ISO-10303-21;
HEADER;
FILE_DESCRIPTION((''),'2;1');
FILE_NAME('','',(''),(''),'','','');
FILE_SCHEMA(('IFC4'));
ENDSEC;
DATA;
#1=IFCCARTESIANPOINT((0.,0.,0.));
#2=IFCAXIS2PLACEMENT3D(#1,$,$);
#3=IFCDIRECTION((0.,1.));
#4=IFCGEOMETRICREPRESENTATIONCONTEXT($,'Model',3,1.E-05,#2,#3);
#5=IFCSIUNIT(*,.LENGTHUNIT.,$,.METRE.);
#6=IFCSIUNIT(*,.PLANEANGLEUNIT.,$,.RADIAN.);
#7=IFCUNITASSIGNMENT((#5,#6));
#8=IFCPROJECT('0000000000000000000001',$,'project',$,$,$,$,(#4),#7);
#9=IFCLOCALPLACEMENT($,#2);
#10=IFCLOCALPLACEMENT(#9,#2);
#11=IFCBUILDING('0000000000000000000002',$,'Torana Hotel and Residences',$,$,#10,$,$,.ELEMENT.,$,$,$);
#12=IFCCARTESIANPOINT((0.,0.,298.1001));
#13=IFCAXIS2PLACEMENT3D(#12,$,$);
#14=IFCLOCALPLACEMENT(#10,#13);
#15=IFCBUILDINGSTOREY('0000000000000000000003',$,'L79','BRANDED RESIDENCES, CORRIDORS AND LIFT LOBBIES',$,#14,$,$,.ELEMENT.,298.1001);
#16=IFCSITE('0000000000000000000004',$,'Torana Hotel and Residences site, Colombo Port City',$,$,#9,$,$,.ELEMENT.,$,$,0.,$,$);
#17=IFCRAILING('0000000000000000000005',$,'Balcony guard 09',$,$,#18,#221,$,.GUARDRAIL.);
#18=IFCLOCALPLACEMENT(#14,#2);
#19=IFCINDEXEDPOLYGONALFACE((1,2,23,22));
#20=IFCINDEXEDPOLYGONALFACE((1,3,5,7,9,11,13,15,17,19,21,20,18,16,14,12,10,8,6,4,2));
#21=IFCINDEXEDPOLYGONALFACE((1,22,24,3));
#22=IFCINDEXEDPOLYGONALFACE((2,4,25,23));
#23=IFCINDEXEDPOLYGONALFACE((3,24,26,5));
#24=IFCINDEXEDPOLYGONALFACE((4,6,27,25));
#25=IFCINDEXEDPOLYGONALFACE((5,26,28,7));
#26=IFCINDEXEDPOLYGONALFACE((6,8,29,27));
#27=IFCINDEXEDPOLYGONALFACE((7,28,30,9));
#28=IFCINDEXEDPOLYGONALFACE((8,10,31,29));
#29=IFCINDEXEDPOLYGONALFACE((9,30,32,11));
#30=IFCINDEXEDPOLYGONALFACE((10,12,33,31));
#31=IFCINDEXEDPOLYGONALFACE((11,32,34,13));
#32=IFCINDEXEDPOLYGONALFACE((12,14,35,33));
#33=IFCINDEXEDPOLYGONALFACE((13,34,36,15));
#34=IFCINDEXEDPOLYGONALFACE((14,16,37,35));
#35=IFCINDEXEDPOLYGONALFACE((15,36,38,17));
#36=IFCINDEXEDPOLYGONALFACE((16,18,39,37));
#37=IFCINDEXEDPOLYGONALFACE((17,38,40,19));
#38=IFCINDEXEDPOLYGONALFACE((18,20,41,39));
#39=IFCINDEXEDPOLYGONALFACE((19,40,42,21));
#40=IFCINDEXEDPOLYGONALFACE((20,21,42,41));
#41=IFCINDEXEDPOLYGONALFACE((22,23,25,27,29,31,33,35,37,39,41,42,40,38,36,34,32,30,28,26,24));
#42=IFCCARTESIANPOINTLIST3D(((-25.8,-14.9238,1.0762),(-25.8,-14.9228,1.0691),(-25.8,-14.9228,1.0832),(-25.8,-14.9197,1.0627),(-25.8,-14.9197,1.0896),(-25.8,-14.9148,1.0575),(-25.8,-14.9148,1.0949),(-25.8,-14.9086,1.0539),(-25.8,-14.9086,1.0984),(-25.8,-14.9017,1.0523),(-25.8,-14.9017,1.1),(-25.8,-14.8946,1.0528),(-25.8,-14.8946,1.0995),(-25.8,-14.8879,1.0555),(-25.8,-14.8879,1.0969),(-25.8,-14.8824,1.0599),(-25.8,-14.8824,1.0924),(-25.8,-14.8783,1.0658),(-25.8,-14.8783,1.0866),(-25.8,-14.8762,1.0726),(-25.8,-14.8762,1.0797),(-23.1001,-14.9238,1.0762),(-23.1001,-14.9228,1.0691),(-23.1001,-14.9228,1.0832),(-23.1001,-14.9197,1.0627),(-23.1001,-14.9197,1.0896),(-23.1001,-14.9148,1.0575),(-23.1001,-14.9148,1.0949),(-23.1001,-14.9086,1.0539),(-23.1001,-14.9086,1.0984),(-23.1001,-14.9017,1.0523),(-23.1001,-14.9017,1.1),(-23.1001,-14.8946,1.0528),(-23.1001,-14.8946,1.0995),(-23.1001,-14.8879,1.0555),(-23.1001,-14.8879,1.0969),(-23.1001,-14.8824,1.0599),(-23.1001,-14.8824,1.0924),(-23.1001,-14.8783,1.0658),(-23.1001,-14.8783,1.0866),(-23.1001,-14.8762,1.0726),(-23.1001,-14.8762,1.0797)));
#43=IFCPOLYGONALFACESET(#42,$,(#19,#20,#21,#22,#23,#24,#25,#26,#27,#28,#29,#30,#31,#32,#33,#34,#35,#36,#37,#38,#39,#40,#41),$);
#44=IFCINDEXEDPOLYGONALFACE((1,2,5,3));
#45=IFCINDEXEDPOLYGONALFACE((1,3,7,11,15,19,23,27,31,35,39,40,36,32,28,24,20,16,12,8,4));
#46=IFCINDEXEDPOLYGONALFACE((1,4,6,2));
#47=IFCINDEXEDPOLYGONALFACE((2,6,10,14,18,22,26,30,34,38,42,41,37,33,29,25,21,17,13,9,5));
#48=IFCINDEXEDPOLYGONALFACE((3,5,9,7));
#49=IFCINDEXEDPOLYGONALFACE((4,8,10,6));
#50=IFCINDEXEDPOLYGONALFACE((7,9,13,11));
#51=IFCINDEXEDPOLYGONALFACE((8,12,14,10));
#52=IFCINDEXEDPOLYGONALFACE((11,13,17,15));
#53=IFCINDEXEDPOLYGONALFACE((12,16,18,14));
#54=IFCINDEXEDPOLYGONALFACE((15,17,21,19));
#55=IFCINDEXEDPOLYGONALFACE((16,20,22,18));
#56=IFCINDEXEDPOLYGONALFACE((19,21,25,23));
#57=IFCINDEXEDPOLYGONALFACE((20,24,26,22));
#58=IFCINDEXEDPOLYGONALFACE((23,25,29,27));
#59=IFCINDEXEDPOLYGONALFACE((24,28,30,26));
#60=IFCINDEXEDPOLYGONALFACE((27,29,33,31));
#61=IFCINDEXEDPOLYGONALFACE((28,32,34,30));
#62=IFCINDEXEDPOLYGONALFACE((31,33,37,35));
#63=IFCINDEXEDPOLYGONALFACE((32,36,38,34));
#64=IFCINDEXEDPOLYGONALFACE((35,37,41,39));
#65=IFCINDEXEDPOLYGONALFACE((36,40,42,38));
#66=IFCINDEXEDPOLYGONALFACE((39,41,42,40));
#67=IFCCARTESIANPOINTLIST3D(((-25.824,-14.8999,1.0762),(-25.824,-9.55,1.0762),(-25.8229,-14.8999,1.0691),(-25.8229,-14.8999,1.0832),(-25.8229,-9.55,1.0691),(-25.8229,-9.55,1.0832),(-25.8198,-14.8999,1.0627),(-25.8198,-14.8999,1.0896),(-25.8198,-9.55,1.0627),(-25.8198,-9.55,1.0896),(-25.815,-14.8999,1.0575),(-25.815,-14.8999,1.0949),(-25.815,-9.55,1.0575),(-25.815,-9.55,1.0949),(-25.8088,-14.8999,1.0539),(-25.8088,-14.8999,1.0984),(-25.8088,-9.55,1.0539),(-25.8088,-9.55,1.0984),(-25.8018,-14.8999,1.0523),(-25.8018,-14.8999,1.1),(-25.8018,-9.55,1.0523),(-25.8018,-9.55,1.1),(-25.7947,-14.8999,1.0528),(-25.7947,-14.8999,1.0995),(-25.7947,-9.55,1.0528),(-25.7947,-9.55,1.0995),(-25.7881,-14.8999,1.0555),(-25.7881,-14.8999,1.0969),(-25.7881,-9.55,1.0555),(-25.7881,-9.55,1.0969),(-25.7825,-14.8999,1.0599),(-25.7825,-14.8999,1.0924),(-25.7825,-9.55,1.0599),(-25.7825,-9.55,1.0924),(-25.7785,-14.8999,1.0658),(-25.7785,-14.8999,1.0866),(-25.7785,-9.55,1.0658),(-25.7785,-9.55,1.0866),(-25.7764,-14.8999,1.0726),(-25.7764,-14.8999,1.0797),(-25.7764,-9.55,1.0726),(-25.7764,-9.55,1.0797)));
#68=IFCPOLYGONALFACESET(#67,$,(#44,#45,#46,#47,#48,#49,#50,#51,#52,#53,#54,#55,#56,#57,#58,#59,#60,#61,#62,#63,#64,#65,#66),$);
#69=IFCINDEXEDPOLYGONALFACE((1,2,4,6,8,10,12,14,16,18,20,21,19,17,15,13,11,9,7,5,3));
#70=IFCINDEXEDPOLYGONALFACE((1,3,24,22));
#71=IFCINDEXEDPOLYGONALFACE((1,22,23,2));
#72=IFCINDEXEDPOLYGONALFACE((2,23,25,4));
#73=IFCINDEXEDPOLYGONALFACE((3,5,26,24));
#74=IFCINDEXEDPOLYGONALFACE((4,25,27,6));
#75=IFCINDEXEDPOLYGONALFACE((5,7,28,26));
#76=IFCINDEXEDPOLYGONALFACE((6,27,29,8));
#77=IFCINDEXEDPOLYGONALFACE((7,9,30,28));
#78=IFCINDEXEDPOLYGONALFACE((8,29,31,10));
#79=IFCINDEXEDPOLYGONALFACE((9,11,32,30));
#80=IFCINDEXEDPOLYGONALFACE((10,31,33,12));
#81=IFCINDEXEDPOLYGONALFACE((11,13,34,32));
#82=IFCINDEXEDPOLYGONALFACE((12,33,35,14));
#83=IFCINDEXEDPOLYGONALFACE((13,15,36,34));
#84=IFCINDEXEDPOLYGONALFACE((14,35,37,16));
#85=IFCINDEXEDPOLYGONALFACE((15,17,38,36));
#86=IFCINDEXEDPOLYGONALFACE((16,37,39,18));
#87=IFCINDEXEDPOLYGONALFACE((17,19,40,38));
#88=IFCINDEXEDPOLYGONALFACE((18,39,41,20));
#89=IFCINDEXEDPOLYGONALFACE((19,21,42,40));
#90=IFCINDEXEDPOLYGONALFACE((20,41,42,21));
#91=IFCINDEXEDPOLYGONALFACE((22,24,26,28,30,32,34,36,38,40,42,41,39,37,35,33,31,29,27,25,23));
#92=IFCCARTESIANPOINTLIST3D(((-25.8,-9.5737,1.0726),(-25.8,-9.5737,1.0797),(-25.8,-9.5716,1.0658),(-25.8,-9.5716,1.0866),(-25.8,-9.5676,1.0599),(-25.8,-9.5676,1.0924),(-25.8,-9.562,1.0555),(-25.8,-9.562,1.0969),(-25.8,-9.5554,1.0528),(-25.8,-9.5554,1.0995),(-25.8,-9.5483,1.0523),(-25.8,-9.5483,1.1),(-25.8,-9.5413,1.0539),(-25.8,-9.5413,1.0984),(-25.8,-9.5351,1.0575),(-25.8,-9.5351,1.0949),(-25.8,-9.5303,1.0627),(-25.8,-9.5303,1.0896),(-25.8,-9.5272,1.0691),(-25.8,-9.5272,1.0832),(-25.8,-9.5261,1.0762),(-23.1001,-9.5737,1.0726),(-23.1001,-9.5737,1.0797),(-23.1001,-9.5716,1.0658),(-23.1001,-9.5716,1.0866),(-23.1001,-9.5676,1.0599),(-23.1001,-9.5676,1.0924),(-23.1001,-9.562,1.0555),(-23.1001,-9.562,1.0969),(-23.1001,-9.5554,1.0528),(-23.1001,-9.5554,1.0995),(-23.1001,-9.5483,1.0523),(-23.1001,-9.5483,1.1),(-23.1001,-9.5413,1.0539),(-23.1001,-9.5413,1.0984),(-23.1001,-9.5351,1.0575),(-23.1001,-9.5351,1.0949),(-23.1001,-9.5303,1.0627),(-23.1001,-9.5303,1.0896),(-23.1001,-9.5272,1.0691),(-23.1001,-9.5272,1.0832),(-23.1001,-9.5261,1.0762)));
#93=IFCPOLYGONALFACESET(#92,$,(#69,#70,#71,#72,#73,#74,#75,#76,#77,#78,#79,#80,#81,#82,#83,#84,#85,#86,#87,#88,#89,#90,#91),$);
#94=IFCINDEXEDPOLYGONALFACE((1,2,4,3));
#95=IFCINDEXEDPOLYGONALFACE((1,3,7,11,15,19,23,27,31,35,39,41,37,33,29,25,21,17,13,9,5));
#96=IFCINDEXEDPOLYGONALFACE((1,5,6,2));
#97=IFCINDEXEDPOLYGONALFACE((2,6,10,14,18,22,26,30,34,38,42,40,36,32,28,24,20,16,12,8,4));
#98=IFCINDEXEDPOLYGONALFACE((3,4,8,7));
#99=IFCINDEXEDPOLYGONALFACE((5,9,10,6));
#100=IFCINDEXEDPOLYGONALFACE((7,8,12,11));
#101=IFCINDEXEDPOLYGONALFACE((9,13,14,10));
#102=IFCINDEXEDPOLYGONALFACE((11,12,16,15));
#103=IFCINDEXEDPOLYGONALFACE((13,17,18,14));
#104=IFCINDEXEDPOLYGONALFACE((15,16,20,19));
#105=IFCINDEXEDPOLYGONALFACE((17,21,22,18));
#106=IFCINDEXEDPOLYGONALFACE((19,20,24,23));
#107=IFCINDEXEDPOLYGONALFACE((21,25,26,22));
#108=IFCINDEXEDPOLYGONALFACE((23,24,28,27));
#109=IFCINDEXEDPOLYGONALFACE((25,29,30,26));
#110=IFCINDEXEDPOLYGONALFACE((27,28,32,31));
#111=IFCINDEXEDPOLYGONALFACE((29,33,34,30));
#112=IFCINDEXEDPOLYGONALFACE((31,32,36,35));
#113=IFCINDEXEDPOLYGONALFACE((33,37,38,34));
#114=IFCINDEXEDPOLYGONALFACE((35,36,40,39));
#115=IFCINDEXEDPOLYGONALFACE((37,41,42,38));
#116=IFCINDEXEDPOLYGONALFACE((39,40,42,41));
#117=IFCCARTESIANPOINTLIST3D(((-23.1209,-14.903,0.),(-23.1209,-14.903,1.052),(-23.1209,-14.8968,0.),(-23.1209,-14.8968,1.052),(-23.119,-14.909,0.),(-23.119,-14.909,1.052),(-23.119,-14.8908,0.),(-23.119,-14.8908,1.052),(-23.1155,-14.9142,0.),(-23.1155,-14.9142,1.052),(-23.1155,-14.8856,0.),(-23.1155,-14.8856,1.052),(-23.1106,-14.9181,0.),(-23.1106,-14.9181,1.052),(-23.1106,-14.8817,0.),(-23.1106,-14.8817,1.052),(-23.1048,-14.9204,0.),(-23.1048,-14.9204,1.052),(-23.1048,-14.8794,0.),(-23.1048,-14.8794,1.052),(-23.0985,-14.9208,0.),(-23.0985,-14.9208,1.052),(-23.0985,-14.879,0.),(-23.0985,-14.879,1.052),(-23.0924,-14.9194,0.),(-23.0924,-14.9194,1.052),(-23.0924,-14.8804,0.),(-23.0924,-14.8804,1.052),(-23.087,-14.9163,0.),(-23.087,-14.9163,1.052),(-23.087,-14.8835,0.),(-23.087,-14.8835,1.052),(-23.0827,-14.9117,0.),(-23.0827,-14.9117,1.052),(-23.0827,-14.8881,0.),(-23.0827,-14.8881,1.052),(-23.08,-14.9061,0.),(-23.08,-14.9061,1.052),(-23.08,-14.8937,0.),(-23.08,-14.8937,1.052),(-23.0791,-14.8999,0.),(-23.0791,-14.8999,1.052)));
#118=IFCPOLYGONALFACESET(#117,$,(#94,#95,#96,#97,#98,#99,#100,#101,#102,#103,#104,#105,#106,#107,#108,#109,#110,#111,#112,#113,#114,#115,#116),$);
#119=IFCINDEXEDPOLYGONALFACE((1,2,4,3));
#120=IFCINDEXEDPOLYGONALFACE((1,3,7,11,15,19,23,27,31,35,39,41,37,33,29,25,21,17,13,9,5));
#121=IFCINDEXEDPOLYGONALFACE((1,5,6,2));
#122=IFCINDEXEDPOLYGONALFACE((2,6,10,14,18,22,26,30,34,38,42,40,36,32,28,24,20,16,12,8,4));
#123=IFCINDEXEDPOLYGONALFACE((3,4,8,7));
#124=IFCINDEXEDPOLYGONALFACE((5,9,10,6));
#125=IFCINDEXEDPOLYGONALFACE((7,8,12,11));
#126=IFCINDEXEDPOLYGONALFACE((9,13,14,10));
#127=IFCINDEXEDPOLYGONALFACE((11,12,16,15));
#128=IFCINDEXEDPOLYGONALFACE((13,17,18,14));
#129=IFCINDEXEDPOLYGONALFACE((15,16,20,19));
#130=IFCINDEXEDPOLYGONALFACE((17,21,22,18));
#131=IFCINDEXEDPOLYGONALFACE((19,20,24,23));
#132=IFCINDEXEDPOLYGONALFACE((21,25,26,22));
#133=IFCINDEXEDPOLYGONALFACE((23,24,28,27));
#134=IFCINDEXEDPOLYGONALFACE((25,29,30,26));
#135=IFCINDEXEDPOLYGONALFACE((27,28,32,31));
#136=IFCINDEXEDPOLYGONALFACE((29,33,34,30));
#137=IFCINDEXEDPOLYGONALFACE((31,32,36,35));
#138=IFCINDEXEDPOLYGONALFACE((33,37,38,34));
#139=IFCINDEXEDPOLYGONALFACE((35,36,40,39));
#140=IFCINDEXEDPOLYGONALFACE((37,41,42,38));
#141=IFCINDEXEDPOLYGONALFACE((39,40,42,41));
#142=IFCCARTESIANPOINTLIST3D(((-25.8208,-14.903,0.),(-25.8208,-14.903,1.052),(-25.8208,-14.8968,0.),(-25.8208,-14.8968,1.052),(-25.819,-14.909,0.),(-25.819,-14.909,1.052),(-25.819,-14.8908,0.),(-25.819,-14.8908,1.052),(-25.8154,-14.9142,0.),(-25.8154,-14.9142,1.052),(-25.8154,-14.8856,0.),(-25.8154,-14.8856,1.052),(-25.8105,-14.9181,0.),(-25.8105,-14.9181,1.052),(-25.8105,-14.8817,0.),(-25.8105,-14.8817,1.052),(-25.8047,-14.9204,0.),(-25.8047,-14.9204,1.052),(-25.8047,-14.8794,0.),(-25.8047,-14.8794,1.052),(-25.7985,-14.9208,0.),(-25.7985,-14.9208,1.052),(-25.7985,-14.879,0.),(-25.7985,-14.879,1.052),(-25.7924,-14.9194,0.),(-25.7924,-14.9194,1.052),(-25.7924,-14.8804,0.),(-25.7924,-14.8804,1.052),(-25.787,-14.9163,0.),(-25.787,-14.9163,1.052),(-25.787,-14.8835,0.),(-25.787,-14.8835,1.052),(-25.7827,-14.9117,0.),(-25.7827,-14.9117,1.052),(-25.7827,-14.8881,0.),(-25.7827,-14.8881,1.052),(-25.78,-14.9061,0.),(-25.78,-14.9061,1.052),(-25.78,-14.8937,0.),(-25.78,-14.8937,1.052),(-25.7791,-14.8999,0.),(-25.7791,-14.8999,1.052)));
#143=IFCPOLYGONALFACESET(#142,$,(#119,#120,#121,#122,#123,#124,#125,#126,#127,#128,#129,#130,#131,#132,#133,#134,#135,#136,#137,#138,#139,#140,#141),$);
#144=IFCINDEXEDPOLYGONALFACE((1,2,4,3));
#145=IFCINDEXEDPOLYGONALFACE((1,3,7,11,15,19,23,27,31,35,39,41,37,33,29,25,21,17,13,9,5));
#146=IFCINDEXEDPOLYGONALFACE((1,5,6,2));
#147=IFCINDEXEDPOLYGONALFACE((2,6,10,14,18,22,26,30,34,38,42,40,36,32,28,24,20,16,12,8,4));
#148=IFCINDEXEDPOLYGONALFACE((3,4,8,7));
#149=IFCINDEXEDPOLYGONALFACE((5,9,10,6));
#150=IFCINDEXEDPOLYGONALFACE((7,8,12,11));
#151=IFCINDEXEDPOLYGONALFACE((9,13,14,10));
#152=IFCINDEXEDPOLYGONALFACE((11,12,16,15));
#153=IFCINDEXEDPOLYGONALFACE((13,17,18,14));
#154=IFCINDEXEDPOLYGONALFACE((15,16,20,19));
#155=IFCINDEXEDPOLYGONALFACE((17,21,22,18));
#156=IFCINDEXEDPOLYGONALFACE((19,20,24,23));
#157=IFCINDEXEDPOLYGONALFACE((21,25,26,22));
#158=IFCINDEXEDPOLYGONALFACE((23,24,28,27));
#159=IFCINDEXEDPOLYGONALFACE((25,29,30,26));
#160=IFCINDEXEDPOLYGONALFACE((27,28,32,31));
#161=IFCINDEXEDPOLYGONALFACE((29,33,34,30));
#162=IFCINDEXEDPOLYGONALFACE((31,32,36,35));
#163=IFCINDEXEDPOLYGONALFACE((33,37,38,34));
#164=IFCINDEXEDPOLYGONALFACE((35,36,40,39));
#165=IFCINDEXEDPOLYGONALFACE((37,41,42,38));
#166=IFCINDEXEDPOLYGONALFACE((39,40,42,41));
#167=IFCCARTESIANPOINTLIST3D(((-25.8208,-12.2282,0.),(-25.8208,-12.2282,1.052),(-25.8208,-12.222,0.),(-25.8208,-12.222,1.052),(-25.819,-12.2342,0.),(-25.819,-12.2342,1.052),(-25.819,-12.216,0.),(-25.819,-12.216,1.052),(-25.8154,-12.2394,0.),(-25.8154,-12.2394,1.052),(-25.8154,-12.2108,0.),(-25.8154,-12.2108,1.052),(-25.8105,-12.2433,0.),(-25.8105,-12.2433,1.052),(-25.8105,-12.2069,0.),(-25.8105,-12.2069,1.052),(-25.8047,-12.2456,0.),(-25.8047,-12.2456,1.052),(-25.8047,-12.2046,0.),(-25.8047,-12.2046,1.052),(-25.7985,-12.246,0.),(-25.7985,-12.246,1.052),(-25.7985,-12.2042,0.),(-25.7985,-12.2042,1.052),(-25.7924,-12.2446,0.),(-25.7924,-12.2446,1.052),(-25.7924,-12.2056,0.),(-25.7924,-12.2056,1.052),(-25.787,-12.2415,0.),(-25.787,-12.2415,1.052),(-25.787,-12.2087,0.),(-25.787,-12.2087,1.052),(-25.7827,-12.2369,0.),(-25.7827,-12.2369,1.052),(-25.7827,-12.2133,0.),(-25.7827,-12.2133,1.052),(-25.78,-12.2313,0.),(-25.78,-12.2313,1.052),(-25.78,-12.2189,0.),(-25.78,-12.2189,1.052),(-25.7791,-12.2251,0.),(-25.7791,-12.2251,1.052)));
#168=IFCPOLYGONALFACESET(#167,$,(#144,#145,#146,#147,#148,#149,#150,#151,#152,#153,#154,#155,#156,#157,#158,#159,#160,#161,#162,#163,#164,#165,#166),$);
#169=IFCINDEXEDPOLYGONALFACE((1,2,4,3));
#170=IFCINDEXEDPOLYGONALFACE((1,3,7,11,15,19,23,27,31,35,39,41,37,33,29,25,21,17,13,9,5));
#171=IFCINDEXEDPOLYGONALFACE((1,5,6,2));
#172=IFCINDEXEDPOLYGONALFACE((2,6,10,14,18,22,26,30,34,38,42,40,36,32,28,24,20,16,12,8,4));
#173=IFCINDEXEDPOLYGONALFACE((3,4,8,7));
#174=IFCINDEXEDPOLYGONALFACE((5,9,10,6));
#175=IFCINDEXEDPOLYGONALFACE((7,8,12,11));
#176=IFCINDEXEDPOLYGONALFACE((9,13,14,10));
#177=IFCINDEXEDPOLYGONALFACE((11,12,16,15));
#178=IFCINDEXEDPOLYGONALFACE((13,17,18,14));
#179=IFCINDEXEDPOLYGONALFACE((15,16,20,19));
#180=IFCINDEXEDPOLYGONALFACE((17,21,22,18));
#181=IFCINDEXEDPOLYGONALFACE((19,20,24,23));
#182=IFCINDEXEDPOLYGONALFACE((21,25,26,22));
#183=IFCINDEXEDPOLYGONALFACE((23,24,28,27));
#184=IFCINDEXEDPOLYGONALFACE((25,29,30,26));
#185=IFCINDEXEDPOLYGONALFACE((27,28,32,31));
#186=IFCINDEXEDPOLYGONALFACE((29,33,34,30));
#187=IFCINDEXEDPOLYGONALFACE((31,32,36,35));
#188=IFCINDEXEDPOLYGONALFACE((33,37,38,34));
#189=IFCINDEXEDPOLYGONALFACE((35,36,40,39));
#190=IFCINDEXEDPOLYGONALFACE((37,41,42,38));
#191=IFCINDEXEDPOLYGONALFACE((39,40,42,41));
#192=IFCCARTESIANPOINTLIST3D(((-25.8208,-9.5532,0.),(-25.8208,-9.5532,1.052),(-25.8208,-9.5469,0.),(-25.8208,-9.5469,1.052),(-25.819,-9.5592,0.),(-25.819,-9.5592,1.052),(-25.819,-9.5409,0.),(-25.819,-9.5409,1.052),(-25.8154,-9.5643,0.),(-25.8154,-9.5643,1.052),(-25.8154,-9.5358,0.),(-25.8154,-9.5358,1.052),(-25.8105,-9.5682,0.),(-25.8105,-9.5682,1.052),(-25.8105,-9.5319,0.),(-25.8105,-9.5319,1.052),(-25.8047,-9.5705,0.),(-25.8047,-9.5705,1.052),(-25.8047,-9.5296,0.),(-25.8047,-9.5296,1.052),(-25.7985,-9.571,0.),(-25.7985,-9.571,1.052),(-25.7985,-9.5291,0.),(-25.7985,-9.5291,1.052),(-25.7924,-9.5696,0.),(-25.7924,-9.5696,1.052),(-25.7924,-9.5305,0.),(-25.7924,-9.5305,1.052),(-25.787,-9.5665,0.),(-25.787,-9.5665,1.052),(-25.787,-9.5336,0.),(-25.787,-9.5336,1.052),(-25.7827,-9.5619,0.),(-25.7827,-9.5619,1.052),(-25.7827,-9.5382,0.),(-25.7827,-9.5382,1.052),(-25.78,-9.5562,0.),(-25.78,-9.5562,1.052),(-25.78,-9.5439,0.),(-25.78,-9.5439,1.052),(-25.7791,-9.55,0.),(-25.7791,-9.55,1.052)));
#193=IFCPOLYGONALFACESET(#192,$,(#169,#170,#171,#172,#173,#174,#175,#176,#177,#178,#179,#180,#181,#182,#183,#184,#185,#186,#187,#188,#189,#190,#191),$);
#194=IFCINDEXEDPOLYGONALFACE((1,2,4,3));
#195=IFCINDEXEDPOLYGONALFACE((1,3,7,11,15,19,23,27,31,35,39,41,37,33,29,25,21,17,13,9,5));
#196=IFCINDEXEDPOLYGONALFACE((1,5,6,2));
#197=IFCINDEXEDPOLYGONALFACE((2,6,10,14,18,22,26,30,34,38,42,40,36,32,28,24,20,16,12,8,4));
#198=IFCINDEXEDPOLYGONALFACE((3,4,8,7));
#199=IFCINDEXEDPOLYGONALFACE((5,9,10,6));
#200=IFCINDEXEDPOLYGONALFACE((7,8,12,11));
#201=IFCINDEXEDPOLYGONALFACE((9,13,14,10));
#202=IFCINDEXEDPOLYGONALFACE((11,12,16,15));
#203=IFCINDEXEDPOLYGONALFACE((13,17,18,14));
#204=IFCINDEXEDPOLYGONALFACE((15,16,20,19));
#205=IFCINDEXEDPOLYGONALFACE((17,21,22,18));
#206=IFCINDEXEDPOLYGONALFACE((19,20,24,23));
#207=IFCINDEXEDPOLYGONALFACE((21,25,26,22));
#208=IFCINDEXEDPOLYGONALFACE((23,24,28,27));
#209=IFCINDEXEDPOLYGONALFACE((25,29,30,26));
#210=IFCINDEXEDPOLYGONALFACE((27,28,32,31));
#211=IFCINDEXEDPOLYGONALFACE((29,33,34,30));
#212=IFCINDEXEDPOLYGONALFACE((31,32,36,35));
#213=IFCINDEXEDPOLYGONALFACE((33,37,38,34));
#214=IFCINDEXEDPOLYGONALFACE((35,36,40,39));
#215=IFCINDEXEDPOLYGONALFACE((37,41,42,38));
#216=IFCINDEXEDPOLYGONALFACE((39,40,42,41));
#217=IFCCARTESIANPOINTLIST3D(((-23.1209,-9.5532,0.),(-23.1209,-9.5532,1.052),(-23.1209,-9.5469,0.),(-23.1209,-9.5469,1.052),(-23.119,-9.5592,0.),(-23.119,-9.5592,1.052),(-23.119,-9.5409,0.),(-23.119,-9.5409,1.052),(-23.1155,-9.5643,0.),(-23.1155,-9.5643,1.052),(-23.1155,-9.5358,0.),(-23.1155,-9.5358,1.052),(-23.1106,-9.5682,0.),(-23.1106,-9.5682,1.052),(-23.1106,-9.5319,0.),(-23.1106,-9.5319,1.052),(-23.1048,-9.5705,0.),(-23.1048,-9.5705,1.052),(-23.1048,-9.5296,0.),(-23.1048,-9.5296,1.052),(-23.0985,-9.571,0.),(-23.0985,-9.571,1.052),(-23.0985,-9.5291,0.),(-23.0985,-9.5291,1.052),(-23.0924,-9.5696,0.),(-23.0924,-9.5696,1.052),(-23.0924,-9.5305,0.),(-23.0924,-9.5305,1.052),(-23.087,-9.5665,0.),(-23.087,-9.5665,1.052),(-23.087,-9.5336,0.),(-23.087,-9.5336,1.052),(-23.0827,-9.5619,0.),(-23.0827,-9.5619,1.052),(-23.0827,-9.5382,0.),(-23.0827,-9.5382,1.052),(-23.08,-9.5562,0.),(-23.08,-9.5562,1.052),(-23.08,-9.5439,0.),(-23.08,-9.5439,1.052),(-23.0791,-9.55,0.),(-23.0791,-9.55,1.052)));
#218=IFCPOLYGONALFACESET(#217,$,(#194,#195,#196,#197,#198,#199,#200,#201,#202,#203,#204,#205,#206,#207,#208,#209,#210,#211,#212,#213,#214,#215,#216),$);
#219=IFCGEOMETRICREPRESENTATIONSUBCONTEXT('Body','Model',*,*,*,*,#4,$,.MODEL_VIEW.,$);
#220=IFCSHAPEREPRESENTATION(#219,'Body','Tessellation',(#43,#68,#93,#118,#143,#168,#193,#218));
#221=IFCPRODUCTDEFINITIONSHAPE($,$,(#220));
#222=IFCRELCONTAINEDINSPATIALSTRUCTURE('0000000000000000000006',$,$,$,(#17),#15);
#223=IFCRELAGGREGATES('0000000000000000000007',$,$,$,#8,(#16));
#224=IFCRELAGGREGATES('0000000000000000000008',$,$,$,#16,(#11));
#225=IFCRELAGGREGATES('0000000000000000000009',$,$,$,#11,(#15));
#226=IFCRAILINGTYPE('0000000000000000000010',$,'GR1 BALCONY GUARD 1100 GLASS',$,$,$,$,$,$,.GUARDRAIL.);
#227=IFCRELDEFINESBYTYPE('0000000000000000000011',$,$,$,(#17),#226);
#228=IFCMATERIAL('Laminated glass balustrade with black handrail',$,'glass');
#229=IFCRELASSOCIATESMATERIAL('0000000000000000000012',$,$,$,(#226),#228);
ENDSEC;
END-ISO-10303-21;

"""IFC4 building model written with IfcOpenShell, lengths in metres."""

from ifc_helpers import new_model, si_unit, direction, frame, origin, origin_2d, place, context, subcontext, project, spatial, circle, extrude, material, type_object, element, save


model = new_model("IFC4")

# Units and contexts
model_context = context("Model", 3, precision=1e-05, world=origin(), true_north=direction((0.0, 1.0)))
body_context = subcontext(model_context, "Body", "Model", "MODEL_VIEW")
ifc_project = project(units=[si_unit("LENGTHUNIT", "METRE"), si_unit("PLANEANGLEUNIT", "RADIAN")], contexts=[model_context])

# Site, building, storey
site_placement = place(None, origin())
site = spatial("IfcSite", under=ifc_project, at=site_placement, Name="Torana Hotel and Residences site, Colombo Port City", CompositionType="ELEMENT", RefElevation=0.0)
building_placement = place(site_placement, origin())
building = spatial("IfcBuilding", under=site, at=building_placement, Name="Torana Hotel and Residences", CompositionType="ELEMENT")
storey_placement = place(building_placement, frame((0.0, 0.0, 298.1001)))
storey = spatial("IfcBuildingStorey", under=building, at=storey_placement, Name="L79", Description="BRANDED RESIDENCES, CORRIDORS AND LIFT LOBBIES", CompositionType="ELEMENT", Elevation=298.1001)

# Railing
ifc_material_1 = material(Name="Laminated glass balustrade with black handrail", Category="glass")
railing_type = type_object("IfcRailingType", Name="GR1 BALCONY GUARD 1100 GLASS", PredefinedType="GUARDRAIL", material=ifc_material_1)
railing_1_placement = place(storey_placement, frame((-23.1001, -14.8999, 0.0)))
element("IfcRailing", 1, at=railing_1_placement, inside=storey, type_object=railing_type, Name="Balcony guard 09", PredefinedType="GUARDRAIL", context=body_context, shape_type="SweptSolid", body=[
    extrude(circle(Radius=0.0239, at=origin_2d()), frame((0.0, 0.0, 1.0762), z_axis=(-1.0, 0.0, 0.0), x_axis=(0.0, -1.0, 0.0)), (0.0, 0.0, 1.0), 2.7),
    extrude(circle(Radius=0.0239, at=origin_2d()), frame((-2.7, 0.0, 1.0762), z_axis=(0.0, 1.0, 0.0), x_axis=(-1.0, 0.0, 0.0)), (0.0, 0.0, 1.0), 5.3499),
    extrude(circle(Radius=0.0239, at=origin_2d()), frame((-2.7, 5.3499, 1.0762), z_axis=(1.0, 0.0, 0.0), x_axis=(0.0, 1.0, 0.0)), (0.0, 0.0, 1.0), 2.7),
    extrude(circle(Radius=0.021, at=origin_2d()), origin(), (0.0, 0.0, 1.0), 1.052),
    extrude(circle(Radius=0.021, at=origin_2d()), frame((-2.7, 0.0, 0.0)), (0.0, 0.0, 1.0), 1.052),
    extrude(circle(Radius=0.021, at=origin_2d()), frame((-2.7, 2.6748, 0.0)), (0.0, 0.0, 1.0), 1.052),
    extrude(circle(Radius=0.021, at=origin_2d()), frame((-2.7, 5.3499, 0.0)), (0.0, 0.0, 1.0), 1.052),
    extrude(circle(Radius=0.021, at=origin_2d()), frame((0.0, 5.3499, 0.0)), (0.0, 0.0, 1.0), 1.052),
])

save(model, "model.ifc")
